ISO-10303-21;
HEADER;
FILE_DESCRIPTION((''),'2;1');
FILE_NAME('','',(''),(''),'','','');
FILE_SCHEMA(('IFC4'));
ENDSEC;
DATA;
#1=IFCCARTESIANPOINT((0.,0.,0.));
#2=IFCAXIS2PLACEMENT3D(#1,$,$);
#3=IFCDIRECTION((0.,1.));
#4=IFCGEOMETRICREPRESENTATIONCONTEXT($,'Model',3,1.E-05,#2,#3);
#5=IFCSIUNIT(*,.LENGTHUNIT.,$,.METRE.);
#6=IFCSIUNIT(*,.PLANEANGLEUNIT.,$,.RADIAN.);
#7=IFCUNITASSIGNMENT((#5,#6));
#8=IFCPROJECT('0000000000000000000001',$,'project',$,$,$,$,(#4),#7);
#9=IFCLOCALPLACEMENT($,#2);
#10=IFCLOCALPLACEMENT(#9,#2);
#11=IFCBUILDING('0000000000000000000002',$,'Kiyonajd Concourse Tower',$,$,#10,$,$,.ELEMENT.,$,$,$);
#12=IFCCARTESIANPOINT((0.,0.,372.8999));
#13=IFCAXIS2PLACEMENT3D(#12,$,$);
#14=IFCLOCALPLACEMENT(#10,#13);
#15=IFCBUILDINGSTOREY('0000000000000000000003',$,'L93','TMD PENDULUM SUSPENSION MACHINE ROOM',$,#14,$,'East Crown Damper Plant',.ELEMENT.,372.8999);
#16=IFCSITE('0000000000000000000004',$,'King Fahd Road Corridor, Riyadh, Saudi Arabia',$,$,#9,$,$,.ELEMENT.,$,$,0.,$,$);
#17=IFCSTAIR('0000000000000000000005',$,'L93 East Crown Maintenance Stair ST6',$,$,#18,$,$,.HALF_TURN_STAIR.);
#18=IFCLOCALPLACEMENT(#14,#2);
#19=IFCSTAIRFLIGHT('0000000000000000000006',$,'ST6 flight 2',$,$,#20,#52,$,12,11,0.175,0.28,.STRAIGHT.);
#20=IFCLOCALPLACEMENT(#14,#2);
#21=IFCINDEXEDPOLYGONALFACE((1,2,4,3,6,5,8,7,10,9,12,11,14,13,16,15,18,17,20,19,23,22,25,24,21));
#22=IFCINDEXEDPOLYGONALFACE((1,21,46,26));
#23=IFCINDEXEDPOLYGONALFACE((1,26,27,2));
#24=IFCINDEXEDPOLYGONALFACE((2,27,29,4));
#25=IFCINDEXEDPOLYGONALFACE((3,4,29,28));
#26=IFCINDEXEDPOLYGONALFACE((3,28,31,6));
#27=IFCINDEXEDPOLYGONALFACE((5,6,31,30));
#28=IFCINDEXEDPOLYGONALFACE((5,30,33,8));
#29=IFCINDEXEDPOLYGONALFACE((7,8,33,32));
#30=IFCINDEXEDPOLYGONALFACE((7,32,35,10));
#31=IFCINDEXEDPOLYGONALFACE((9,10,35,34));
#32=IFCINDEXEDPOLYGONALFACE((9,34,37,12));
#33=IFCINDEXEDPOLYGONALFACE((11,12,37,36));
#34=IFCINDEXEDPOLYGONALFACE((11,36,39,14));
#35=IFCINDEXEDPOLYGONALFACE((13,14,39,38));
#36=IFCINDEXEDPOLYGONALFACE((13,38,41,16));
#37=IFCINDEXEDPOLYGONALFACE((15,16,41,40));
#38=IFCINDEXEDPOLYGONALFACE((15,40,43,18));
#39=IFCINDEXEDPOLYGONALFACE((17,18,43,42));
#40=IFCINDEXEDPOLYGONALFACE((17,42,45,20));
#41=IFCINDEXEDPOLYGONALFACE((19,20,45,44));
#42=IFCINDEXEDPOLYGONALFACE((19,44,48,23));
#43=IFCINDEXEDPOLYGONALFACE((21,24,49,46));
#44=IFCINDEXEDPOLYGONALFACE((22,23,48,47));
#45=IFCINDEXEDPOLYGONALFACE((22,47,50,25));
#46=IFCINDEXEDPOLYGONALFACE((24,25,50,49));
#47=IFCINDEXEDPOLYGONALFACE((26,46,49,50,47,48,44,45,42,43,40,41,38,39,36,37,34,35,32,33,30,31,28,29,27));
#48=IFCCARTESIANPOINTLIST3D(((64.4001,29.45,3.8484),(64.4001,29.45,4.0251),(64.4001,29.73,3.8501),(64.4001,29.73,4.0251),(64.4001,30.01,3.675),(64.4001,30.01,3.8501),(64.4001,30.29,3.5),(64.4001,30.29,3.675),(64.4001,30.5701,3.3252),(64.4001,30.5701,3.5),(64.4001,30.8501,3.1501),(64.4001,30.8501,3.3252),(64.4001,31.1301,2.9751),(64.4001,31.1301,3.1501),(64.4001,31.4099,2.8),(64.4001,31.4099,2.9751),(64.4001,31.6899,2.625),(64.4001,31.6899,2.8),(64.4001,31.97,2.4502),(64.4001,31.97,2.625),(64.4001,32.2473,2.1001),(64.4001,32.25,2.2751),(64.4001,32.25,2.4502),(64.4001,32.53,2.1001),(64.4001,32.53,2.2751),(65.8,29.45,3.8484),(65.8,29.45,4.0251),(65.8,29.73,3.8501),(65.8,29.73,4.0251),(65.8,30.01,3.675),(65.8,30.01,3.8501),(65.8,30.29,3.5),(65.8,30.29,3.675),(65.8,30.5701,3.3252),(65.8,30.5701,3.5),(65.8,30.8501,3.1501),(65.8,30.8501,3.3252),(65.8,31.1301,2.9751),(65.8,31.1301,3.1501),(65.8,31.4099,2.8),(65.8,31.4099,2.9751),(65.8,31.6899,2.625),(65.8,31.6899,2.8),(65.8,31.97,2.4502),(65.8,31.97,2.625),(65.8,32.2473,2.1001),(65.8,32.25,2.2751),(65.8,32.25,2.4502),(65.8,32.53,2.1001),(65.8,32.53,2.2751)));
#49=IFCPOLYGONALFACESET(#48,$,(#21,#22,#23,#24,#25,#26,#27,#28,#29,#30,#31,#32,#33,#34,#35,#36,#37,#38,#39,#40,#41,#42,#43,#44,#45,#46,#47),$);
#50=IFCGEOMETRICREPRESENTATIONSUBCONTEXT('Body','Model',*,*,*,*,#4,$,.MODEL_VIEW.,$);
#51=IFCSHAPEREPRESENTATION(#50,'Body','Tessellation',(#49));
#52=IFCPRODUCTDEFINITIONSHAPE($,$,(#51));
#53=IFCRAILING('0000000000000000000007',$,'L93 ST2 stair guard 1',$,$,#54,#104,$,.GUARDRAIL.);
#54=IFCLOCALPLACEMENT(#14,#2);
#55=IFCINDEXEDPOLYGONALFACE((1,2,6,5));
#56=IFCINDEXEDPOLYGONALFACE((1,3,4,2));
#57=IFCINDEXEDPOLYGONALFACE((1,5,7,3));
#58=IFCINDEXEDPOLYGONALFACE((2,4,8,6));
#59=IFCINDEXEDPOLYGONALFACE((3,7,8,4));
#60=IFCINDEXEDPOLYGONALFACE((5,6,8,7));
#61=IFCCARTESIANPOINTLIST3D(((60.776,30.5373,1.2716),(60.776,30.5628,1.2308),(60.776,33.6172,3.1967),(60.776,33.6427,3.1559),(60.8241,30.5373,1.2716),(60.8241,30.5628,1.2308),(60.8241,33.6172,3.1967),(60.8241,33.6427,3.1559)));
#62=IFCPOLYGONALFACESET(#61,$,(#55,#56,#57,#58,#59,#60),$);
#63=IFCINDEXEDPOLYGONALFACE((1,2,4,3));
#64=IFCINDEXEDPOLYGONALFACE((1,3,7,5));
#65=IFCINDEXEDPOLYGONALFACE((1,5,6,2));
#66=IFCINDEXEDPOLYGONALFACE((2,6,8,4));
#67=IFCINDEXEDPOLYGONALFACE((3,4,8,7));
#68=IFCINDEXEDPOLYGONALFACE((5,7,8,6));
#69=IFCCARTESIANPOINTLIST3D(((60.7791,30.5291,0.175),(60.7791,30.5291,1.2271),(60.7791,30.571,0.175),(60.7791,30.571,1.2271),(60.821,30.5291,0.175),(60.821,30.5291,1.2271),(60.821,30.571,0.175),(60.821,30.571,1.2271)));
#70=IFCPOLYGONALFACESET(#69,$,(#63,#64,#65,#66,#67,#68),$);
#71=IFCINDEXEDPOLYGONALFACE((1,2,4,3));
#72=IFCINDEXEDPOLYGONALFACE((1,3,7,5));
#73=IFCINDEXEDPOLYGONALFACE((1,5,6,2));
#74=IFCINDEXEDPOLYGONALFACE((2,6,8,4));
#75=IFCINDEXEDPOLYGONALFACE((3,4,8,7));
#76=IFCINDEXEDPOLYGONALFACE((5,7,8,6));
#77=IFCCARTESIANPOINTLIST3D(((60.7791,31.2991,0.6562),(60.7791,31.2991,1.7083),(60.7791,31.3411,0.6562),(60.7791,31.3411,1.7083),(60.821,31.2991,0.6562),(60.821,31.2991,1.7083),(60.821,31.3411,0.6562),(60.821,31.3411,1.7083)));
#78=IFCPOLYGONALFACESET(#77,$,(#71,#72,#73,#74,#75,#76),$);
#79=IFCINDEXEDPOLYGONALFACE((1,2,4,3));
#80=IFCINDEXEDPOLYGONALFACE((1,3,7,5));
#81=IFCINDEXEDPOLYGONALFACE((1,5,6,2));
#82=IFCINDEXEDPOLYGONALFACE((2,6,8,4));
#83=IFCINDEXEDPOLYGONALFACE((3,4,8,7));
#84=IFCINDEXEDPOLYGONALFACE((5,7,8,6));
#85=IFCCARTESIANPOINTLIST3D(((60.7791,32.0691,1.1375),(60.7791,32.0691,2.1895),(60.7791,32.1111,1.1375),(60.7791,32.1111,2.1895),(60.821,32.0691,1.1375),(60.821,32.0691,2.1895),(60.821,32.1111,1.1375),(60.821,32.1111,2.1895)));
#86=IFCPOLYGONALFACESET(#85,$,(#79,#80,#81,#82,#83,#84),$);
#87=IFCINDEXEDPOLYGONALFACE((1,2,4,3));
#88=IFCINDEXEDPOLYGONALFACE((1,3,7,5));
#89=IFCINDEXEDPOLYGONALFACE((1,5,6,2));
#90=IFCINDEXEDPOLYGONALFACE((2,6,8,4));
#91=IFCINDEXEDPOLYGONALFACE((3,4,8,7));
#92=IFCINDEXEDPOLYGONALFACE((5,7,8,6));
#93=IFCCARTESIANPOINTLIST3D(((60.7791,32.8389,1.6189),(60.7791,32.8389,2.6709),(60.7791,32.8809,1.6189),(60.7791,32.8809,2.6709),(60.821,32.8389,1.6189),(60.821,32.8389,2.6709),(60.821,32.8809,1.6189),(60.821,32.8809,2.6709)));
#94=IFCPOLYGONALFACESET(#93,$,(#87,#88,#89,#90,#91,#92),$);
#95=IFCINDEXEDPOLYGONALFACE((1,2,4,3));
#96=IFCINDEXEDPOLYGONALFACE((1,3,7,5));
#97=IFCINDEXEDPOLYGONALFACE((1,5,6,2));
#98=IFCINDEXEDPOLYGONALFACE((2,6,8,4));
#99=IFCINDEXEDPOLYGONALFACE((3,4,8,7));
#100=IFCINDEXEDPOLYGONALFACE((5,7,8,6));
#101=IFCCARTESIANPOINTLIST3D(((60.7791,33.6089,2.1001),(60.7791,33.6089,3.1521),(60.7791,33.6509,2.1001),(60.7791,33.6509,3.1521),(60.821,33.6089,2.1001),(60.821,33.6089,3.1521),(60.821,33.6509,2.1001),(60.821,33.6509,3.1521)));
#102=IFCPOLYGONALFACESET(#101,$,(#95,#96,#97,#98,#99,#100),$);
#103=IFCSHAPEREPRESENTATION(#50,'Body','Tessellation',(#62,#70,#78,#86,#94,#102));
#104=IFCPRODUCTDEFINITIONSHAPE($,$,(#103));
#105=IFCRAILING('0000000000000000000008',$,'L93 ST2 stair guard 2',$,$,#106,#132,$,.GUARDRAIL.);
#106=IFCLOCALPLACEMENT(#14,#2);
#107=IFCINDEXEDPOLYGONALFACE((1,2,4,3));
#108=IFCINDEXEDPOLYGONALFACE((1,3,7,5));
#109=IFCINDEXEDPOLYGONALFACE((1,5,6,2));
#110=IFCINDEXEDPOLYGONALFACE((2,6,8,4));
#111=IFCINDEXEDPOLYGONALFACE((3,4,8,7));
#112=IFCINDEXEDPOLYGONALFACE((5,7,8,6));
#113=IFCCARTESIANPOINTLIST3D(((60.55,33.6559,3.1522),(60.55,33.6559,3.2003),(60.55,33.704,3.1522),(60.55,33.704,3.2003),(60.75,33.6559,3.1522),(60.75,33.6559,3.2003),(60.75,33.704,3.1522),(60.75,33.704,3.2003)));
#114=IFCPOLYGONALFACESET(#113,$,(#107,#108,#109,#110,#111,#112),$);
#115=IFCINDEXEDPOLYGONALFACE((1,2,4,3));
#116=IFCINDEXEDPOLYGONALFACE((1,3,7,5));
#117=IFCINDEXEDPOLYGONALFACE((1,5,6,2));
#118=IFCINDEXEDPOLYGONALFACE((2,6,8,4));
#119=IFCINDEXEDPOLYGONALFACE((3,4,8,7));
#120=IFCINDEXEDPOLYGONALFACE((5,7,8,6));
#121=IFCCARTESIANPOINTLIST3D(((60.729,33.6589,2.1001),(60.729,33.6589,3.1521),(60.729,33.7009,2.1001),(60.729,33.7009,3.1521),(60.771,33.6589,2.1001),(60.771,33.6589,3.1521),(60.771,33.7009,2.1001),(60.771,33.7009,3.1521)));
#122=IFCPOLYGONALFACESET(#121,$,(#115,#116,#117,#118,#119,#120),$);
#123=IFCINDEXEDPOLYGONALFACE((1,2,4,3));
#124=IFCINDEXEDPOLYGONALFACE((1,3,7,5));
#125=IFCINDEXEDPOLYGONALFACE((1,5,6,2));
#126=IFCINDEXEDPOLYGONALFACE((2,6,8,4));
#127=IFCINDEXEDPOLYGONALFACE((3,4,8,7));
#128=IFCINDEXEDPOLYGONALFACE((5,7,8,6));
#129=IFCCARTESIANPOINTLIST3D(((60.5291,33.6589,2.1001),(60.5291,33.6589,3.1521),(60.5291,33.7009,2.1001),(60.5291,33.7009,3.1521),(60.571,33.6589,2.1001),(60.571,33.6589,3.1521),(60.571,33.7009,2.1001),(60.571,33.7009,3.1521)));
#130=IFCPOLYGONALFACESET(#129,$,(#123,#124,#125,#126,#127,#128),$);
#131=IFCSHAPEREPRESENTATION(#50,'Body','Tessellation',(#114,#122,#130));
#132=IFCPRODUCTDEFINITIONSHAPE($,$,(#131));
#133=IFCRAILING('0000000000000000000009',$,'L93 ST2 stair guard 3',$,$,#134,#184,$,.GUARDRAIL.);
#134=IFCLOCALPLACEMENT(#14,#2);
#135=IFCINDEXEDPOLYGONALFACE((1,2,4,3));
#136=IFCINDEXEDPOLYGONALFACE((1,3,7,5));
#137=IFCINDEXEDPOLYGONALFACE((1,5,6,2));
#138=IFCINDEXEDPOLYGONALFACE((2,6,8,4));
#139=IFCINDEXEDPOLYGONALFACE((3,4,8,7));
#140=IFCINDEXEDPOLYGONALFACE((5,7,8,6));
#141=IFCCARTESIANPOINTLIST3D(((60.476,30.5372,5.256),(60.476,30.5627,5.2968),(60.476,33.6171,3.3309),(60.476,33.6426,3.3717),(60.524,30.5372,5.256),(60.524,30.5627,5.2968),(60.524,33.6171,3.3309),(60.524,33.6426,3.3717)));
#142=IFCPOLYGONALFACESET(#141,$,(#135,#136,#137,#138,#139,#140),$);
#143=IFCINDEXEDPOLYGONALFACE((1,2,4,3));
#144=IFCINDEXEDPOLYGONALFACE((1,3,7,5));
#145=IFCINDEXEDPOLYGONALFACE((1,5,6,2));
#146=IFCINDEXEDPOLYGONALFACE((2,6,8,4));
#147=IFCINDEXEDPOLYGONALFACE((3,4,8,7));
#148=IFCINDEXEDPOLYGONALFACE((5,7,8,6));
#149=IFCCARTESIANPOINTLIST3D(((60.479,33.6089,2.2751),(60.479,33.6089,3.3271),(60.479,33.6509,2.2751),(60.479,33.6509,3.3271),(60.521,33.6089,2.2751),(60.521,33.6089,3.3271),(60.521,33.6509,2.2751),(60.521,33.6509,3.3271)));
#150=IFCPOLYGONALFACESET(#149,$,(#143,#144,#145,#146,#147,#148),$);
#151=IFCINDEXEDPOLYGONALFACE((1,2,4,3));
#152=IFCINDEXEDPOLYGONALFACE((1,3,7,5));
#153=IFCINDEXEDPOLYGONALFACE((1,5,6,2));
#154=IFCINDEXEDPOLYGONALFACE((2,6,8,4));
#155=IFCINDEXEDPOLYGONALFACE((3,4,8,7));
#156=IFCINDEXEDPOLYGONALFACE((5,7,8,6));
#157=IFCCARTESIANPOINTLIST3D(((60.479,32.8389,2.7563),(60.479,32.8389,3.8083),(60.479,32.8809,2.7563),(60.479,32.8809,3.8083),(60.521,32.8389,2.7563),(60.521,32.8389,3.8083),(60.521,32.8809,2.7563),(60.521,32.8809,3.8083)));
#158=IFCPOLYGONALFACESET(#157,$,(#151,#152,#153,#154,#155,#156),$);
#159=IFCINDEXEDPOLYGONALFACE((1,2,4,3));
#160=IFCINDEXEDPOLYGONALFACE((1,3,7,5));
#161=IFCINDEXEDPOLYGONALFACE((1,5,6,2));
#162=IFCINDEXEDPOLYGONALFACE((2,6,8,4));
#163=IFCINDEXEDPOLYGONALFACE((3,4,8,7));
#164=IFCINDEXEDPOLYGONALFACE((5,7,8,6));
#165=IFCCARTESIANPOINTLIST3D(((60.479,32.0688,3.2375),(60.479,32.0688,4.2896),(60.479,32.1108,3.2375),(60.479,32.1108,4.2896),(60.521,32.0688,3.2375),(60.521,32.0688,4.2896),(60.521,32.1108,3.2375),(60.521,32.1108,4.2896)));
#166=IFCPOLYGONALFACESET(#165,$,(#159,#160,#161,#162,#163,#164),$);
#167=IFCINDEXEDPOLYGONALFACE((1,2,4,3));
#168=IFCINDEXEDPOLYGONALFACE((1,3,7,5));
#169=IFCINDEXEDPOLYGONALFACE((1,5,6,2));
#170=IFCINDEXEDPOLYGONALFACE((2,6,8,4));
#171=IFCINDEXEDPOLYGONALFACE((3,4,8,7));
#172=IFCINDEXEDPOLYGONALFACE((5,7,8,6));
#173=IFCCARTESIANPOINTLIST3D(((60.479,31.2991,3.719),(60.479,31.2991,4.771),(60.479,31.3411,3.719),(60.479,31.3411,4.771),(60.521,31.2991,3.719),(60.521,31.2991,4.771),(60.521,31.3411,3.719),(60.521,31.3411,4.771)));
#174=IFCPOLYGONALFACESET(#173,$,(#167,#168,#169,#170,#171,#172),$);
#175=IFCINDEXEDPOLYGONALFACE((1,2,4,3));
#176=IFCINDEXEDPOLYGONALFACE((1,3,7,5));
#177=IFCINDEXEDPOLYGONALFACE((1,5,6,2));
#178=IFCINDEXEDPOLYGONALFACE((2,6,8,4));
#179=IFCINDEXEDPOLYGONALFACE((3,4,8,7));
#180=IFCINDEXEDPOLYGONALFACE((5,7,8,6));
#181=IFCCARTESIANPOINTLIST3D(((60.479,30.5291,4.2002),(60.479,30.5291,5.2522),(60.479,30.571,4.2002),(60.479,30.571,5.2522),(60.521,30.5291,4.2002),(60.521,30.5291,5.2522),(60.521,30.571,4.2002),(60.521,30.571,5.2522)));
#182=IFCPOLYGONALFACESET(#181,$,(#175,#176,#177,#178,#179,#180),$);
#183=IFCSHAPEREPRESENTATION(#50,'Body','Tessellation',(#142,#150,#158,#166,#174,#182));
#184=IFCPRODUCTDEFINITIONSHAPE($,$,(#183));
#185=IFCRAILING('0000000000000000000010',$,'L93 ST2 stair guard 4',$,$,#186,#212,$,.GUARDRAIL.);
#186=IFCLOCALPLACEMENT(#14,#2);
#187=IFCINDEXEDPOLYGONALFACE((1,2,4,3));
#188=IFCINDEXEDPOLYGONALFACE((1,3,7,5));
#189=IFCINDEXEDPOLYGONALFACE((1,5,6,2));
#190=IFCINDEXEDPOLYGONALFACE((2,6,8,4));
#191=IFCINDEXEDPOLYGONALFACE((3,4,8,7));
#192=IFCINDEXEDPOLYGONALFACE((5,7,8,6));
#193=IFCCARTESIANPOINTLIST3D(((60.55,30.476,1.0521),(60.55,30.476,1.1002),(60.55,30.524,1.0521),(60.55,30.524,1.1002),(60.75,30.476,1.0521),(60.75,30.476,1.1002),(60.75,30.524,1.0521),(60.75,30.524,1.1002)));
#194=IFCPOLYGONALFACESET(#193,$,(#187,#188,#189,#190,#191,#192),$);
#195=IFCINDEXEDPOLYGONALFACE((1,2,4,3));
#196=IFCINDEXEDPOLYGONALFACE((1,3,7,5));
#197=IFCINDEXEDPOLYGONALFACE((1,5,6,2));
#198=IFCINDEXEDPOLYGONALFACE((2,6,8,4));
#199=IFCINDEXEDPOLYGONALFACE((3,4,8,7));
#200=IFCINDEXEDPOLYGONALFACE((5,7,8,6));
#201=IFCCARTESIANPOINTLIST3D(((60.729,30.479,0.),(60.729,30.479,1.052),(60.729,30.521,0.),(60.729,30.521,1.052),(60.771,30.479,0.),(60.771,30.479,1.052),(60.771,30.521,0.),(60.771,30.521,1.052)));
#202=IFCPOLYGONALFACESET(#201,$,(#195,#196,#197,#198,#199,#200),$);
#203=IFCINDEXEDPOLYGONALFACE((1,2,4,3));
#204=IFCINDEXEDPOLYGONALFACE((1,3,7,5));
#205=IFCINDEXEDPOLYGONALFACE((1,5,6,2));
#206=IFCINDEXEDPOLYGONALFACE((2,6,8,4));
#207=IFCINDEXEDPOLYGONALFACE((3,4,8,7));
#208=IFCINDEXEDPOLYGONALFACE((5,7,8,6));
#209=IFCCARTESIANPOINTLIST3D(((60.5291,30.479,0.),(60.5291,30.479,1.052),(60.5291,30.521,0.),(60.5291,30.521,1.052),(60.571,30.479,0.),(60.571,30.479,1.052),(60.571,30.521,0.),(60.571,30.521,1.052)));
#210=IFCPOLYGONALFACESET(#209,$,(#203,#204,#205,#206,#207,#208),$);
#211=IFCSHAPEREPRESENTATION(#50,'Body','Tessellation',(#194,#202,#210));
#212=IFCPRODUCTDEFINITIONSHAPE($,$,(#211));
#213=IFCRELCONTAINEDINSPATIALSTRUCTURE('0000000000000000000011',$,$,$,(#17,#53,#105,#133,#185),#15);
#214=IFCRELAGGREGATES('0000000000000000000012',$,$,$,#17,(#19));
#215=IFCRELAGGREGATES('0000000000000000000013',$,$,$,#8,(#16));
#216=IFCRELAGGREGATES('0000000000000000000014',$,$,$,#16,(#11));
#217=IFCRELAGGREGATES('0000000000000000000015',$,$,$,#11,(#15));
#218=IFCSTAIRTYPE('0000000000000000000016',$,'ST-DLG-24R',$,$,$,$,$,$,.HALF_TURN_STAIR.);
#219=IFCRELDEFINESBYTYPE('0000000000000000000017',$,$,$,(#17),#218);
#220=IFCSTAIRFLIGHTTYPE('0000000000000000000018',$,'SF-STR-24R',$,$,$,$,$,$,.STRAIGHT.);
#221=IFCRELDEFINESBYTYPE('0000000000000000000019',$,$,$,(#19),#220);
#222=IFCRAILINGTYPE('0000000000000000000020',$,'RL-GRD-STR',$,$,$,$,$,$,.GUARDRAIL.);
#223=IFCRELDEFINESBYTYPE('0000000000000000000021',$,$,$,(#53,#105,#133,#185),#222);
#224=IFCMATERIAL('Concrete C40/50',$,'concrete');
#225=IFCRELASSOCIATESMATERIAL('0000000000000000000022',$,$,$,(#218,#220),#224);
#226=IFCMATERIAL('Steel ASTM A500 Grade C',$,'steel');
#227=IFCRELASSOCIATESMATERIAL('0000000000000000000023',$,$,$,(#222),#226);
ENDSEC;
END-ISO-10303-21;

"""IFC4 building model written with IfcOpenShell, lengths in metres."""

from ifc_helpers import new_model, si_unit, direction, frame, origin, origin_2d, place, context, subcontext, project, spatial, polyline, rectangle, outline, extrude, material, type_object, element, aggregate, save


model = new_model("IFC4")

# Units and contexts
model_context = context("Model", 3, precision=1e-05, world=origin(), true_north=direction((0.0, 1.0)))
body_context = subcontext(model_context, "Body", "Model", "MODEL_VIEW")
ifc_project = project(units=[si_unit("LENGTHUNIT", "METRE"), si_unit("PLANEANGLEUNIT", "RADIAN")], contexts=[model_context])

# Site, building, storey
site_placement = place(None, origin())
site = spatial("IfcSite", under=ifc_project, at=site_placement, Name="King Fahd Road Corridor, Riyadh, Saudi Arabia", CompositionType="ELEMENT", RefElevation=0.0)
building_placement = place(site_placement, origin())
building = spatial("IfcBuilding", under=site, at=building_placement, Name="Kiyonajd Concourse Tower", CompositionType="ELEMENT")
storey_placement = place(building_placement, frame((0.0, 0.0, 372.8999)))
storey = spatial("IfcBuildingStorey", under=building, at=storey_placement, Name="L93", Description="TMD PENDULUM SUSPENSION MACHINE ROOM", LongName="East Crown Damper Plant", CompositionType="ELEMENT", Elevation=372.8999)

# Stair, stair flight
ifc_material_1 = material(Name="Concrete C40/50", Category="concrete")
stair_type = type_object("IfcStairType", Name="ST-DLG-24R", PredefinedType="HALF_TURN_STAIR", material=ifc_material_1)
stair_flight_type = type_object("IfcStairFlightType", Name="SF-STR-24R", PredefinedType="STRAIGHT", material=ifc_material_1)
stair_1_placement = place(storey_placement, origin())
stair_1 = element("IfcStair", 1, at=stair_1_placement, inside=storey, type_object=stair_type, Name="L93 East Crown Maintenance Stair ST6", PredefinedType="HALF_TURN_STAIR")
stair_flight_1_placement = place(storey_placement, frame((65.1001, 32.53, 2.1001), z_axis=(0.0, 0.0, 1.0), x_axis=(0.0, -1.0, 0.0)))
stair_flight_1 = element("IfcStairFlight", 2, at=stair_flight_1_placement, type_object=stair_flight_type, Name="ST6 flight 2", NumberOfRisers=12, NumberOfTreads=11, PredefinedType="STRAIGHT", RiserHeight=0.175, TreadLength=0.28, context=body_context, shape_type="SweptSolid", body=[
    extrude(outline(polyline([(0.0, 0.0), (0.0, 0.175), (0.28, 0.175), (0.28, 0.3501), (0.5601, 0.3501), (0.5601, 0.5249), (0.8401, 0.5249), (0.8401, 0.7), (1.1201, 0.7), (1.1201, 0.875), (1.3999, 0.875), (1.3999, 1.05), (1.6799, 1.05), (1.6799, 1.2251), (1.96, 1.2251), (1.96, 1.3999), (2.24, 1.3999), (2.24, 1.575), (2.52, 1.575), (2.52, 1.75), (2.8, 1.75), (2.8, 1.925), (3.0801, 1.925), (3.0801, 2.1001), (3.0801, 1.7483), (0.2827, 0.0), (0.0, 0.0)])), frame((0.0, 0.7, 0.0), z_axis=(0.0, -1.0, 0.0), x_axis=(1.0, 0.0, 0.0)), (0.0, 0.0, 1.0), 1.3999),
])
aggregate(stair_1, [stair_flight_1])

# Railings
ifc_material_2 = material(Name="Steel ASTM A500 Grade C", Category="steel")
railing_type_1 = type_object("IfcRailingType", Name="RL-GRD-STR", PredefinedType="GUARDRAIL", material=ifc_material_2)
railing_1_placement = place(storey_placement, frame((60.8, 30.55, 0.175)))
element("IfcRailing", 3, at=railing_1_placement, inside=storey, type_object=railing_type_1, Name="L93 ST2 stair guard 1", PredefinedType="GUARDRAIL", context=body_context, shape_type="SweptSolid", body=[
    extrude(rectangle(XDim=0.0481, YDim=0.0481, at=origin_2d()), frame((0.0, 0.0, 1.0762), z_axis=(0.0, 0.847979, 0.530029), x_axis=(-1.0, 0.0, 0.0)), (0.0, 0.0, 1.0), 3.6321),
    extrude(rectangle(XDim=0.042, YDim=0.042, at=origin_2d()), origin(), (0.0, 0.0, 1.0), 1.052),
    extrude(rectangle(XDim=0.042, YDim=0.042, at=origin_2d()), frame((0.0, 0.77, 0.4812)), (0.0, 0.0, 1.0), 1.052),
    extrude(rectangle(XDim=0.042, YDim=0.042, at=origin_2d()), frame((0.0, 1.54, 0.9624)), (0.0, 0.0, 1.0), 1.052),
    extrude(rectangle(XDim=0.042, YDim=0.042, at=origin_2d()), frame((0.0, 2.3098, 1.4438)), (0.0, 0.0, 1.0), 1.052),
    extrude(rectangle(XDim=0.042, YDim=0.042, at=origin_2d()), frame((0.0, 3.0798, 1.925)), (0.0, 0.0, 1.0), 1.052),
])
railing_2_placement = place(storey_placement, frame((60.75, 33.6799, 2.1001)))
element("IfcRailing", 4, at=railing_2_placement, inside=storey, type_object=railing_type_1, Name="L93 ST2 stair guard 2", PredefinedType="GUARDRAIL", context=body_context, shape_type="SweptSolid", body=[
    extrude(rectangle(XDim=0.0481, YDim=0.0481, at=origin_2d()), frame((0.0, 0.0, 1.0762), z_axis=(-1.0, 0.0, 0.0), x_axis=(0.0, -1.0, 0.0)), (0.0, 0.0, 1.0), 0.2),
    extrude(rectangle(XDim=0.042, YDim=0.042, at=origin_2d()), origin(), (0.0, 0.0, 1.0), 1.052),
    extrude(rectangle(XDim=0.042, YDim=0.042, at=origin_2d()), frame((-0.2, 0.0, 0.0)), (0.0, 0.0, 1.0), 1.052),
])
railing_3_placement = place(storey_placement, frame((60.5, 33.6299, 2.2751)))
element("IfcRailing", 5, at=railing_3_placement, inside=storey, type_object=railing_type_1, Name="L93 ST2 stair guard 3", PredefinedType="GUARDRAIL", context=body_context, shape_type="SweptSolid", body=[
    extrude(rectangle(XDim=0.0481, YDim=0.0481, at=origin_2d()), frame((0.0, 0.0, 1.0762), z_axis=(0.0, -0.847979, 0.530029), x_axis=(1.0, 0.0, 0.0)), (0.0, 0.0, 1.0), 3.6321),
    extrude(rectangle(XDim=0.042, YDim=0.042, at=origin_2d()), origin(), (0.0, 0.0, 1.0), 1.052),
    extrude(rectangle(XDim=0.042, YDim=0.042, at=origin_2d()), frame((0.0, -0.77, 0.4812)), (0.0, 0.0, 1.0), 1.052),
    extrude(rectangle(XDim=0.042, YDim=0.042, at=origin_2d()), frame((0.0, -1.54, 0.9624)), (0.0, 0.0, 1.0), 1.052),
    extrude(rectangle(XDim=0.042, YDim=0.042, at=origin_2d()), frame((0.0, -2.3098, 1.4438)), (0.0, 0.0, 1.0), 1.052),
    extrude(rectangle(XDim=0.042, YDim=0.042, at=origin_2d()), frame((0.0, -3.0798, 1.925)), (0.0, 0.0, 1.0), 1.052),
])
railing_4_placement = place(storey_placement, frame((60.75, 30.5, 0.0)))
element("IfcRailing", 6, at=railing_4_placement, inside=storey, type_object=railing_type_1, Name="L93 ST2 stair guard 4", PredefinedType="GUARDRAIL", context=body_context, shape_type="SweptSolid", body=[
    extrude(rectangle(XDim=0.0481, YDim=0.0481, at=origin_2d()), frame((0.0, 0.0, 1.0762), z_axis=(-1.0, 0.0, 0.0), x_axis=(0.0, -1.0, 0.0)), (0.0, 0.0, 1.0), 0.2),
    extrude(rectangle(XDim=0.042, YDim=0.042, at=origin_2d()), origin(), (0.0, 0.0, 1.0), 1.052),
    extrude(rectangle(XDim=0.042, YDim=0.042, at=origin_2d()), frame((-0.2, 0.0, 0.0)), (0.0, 0.0, 1.0), 1.052),
])

save(model, "model.ifc")
